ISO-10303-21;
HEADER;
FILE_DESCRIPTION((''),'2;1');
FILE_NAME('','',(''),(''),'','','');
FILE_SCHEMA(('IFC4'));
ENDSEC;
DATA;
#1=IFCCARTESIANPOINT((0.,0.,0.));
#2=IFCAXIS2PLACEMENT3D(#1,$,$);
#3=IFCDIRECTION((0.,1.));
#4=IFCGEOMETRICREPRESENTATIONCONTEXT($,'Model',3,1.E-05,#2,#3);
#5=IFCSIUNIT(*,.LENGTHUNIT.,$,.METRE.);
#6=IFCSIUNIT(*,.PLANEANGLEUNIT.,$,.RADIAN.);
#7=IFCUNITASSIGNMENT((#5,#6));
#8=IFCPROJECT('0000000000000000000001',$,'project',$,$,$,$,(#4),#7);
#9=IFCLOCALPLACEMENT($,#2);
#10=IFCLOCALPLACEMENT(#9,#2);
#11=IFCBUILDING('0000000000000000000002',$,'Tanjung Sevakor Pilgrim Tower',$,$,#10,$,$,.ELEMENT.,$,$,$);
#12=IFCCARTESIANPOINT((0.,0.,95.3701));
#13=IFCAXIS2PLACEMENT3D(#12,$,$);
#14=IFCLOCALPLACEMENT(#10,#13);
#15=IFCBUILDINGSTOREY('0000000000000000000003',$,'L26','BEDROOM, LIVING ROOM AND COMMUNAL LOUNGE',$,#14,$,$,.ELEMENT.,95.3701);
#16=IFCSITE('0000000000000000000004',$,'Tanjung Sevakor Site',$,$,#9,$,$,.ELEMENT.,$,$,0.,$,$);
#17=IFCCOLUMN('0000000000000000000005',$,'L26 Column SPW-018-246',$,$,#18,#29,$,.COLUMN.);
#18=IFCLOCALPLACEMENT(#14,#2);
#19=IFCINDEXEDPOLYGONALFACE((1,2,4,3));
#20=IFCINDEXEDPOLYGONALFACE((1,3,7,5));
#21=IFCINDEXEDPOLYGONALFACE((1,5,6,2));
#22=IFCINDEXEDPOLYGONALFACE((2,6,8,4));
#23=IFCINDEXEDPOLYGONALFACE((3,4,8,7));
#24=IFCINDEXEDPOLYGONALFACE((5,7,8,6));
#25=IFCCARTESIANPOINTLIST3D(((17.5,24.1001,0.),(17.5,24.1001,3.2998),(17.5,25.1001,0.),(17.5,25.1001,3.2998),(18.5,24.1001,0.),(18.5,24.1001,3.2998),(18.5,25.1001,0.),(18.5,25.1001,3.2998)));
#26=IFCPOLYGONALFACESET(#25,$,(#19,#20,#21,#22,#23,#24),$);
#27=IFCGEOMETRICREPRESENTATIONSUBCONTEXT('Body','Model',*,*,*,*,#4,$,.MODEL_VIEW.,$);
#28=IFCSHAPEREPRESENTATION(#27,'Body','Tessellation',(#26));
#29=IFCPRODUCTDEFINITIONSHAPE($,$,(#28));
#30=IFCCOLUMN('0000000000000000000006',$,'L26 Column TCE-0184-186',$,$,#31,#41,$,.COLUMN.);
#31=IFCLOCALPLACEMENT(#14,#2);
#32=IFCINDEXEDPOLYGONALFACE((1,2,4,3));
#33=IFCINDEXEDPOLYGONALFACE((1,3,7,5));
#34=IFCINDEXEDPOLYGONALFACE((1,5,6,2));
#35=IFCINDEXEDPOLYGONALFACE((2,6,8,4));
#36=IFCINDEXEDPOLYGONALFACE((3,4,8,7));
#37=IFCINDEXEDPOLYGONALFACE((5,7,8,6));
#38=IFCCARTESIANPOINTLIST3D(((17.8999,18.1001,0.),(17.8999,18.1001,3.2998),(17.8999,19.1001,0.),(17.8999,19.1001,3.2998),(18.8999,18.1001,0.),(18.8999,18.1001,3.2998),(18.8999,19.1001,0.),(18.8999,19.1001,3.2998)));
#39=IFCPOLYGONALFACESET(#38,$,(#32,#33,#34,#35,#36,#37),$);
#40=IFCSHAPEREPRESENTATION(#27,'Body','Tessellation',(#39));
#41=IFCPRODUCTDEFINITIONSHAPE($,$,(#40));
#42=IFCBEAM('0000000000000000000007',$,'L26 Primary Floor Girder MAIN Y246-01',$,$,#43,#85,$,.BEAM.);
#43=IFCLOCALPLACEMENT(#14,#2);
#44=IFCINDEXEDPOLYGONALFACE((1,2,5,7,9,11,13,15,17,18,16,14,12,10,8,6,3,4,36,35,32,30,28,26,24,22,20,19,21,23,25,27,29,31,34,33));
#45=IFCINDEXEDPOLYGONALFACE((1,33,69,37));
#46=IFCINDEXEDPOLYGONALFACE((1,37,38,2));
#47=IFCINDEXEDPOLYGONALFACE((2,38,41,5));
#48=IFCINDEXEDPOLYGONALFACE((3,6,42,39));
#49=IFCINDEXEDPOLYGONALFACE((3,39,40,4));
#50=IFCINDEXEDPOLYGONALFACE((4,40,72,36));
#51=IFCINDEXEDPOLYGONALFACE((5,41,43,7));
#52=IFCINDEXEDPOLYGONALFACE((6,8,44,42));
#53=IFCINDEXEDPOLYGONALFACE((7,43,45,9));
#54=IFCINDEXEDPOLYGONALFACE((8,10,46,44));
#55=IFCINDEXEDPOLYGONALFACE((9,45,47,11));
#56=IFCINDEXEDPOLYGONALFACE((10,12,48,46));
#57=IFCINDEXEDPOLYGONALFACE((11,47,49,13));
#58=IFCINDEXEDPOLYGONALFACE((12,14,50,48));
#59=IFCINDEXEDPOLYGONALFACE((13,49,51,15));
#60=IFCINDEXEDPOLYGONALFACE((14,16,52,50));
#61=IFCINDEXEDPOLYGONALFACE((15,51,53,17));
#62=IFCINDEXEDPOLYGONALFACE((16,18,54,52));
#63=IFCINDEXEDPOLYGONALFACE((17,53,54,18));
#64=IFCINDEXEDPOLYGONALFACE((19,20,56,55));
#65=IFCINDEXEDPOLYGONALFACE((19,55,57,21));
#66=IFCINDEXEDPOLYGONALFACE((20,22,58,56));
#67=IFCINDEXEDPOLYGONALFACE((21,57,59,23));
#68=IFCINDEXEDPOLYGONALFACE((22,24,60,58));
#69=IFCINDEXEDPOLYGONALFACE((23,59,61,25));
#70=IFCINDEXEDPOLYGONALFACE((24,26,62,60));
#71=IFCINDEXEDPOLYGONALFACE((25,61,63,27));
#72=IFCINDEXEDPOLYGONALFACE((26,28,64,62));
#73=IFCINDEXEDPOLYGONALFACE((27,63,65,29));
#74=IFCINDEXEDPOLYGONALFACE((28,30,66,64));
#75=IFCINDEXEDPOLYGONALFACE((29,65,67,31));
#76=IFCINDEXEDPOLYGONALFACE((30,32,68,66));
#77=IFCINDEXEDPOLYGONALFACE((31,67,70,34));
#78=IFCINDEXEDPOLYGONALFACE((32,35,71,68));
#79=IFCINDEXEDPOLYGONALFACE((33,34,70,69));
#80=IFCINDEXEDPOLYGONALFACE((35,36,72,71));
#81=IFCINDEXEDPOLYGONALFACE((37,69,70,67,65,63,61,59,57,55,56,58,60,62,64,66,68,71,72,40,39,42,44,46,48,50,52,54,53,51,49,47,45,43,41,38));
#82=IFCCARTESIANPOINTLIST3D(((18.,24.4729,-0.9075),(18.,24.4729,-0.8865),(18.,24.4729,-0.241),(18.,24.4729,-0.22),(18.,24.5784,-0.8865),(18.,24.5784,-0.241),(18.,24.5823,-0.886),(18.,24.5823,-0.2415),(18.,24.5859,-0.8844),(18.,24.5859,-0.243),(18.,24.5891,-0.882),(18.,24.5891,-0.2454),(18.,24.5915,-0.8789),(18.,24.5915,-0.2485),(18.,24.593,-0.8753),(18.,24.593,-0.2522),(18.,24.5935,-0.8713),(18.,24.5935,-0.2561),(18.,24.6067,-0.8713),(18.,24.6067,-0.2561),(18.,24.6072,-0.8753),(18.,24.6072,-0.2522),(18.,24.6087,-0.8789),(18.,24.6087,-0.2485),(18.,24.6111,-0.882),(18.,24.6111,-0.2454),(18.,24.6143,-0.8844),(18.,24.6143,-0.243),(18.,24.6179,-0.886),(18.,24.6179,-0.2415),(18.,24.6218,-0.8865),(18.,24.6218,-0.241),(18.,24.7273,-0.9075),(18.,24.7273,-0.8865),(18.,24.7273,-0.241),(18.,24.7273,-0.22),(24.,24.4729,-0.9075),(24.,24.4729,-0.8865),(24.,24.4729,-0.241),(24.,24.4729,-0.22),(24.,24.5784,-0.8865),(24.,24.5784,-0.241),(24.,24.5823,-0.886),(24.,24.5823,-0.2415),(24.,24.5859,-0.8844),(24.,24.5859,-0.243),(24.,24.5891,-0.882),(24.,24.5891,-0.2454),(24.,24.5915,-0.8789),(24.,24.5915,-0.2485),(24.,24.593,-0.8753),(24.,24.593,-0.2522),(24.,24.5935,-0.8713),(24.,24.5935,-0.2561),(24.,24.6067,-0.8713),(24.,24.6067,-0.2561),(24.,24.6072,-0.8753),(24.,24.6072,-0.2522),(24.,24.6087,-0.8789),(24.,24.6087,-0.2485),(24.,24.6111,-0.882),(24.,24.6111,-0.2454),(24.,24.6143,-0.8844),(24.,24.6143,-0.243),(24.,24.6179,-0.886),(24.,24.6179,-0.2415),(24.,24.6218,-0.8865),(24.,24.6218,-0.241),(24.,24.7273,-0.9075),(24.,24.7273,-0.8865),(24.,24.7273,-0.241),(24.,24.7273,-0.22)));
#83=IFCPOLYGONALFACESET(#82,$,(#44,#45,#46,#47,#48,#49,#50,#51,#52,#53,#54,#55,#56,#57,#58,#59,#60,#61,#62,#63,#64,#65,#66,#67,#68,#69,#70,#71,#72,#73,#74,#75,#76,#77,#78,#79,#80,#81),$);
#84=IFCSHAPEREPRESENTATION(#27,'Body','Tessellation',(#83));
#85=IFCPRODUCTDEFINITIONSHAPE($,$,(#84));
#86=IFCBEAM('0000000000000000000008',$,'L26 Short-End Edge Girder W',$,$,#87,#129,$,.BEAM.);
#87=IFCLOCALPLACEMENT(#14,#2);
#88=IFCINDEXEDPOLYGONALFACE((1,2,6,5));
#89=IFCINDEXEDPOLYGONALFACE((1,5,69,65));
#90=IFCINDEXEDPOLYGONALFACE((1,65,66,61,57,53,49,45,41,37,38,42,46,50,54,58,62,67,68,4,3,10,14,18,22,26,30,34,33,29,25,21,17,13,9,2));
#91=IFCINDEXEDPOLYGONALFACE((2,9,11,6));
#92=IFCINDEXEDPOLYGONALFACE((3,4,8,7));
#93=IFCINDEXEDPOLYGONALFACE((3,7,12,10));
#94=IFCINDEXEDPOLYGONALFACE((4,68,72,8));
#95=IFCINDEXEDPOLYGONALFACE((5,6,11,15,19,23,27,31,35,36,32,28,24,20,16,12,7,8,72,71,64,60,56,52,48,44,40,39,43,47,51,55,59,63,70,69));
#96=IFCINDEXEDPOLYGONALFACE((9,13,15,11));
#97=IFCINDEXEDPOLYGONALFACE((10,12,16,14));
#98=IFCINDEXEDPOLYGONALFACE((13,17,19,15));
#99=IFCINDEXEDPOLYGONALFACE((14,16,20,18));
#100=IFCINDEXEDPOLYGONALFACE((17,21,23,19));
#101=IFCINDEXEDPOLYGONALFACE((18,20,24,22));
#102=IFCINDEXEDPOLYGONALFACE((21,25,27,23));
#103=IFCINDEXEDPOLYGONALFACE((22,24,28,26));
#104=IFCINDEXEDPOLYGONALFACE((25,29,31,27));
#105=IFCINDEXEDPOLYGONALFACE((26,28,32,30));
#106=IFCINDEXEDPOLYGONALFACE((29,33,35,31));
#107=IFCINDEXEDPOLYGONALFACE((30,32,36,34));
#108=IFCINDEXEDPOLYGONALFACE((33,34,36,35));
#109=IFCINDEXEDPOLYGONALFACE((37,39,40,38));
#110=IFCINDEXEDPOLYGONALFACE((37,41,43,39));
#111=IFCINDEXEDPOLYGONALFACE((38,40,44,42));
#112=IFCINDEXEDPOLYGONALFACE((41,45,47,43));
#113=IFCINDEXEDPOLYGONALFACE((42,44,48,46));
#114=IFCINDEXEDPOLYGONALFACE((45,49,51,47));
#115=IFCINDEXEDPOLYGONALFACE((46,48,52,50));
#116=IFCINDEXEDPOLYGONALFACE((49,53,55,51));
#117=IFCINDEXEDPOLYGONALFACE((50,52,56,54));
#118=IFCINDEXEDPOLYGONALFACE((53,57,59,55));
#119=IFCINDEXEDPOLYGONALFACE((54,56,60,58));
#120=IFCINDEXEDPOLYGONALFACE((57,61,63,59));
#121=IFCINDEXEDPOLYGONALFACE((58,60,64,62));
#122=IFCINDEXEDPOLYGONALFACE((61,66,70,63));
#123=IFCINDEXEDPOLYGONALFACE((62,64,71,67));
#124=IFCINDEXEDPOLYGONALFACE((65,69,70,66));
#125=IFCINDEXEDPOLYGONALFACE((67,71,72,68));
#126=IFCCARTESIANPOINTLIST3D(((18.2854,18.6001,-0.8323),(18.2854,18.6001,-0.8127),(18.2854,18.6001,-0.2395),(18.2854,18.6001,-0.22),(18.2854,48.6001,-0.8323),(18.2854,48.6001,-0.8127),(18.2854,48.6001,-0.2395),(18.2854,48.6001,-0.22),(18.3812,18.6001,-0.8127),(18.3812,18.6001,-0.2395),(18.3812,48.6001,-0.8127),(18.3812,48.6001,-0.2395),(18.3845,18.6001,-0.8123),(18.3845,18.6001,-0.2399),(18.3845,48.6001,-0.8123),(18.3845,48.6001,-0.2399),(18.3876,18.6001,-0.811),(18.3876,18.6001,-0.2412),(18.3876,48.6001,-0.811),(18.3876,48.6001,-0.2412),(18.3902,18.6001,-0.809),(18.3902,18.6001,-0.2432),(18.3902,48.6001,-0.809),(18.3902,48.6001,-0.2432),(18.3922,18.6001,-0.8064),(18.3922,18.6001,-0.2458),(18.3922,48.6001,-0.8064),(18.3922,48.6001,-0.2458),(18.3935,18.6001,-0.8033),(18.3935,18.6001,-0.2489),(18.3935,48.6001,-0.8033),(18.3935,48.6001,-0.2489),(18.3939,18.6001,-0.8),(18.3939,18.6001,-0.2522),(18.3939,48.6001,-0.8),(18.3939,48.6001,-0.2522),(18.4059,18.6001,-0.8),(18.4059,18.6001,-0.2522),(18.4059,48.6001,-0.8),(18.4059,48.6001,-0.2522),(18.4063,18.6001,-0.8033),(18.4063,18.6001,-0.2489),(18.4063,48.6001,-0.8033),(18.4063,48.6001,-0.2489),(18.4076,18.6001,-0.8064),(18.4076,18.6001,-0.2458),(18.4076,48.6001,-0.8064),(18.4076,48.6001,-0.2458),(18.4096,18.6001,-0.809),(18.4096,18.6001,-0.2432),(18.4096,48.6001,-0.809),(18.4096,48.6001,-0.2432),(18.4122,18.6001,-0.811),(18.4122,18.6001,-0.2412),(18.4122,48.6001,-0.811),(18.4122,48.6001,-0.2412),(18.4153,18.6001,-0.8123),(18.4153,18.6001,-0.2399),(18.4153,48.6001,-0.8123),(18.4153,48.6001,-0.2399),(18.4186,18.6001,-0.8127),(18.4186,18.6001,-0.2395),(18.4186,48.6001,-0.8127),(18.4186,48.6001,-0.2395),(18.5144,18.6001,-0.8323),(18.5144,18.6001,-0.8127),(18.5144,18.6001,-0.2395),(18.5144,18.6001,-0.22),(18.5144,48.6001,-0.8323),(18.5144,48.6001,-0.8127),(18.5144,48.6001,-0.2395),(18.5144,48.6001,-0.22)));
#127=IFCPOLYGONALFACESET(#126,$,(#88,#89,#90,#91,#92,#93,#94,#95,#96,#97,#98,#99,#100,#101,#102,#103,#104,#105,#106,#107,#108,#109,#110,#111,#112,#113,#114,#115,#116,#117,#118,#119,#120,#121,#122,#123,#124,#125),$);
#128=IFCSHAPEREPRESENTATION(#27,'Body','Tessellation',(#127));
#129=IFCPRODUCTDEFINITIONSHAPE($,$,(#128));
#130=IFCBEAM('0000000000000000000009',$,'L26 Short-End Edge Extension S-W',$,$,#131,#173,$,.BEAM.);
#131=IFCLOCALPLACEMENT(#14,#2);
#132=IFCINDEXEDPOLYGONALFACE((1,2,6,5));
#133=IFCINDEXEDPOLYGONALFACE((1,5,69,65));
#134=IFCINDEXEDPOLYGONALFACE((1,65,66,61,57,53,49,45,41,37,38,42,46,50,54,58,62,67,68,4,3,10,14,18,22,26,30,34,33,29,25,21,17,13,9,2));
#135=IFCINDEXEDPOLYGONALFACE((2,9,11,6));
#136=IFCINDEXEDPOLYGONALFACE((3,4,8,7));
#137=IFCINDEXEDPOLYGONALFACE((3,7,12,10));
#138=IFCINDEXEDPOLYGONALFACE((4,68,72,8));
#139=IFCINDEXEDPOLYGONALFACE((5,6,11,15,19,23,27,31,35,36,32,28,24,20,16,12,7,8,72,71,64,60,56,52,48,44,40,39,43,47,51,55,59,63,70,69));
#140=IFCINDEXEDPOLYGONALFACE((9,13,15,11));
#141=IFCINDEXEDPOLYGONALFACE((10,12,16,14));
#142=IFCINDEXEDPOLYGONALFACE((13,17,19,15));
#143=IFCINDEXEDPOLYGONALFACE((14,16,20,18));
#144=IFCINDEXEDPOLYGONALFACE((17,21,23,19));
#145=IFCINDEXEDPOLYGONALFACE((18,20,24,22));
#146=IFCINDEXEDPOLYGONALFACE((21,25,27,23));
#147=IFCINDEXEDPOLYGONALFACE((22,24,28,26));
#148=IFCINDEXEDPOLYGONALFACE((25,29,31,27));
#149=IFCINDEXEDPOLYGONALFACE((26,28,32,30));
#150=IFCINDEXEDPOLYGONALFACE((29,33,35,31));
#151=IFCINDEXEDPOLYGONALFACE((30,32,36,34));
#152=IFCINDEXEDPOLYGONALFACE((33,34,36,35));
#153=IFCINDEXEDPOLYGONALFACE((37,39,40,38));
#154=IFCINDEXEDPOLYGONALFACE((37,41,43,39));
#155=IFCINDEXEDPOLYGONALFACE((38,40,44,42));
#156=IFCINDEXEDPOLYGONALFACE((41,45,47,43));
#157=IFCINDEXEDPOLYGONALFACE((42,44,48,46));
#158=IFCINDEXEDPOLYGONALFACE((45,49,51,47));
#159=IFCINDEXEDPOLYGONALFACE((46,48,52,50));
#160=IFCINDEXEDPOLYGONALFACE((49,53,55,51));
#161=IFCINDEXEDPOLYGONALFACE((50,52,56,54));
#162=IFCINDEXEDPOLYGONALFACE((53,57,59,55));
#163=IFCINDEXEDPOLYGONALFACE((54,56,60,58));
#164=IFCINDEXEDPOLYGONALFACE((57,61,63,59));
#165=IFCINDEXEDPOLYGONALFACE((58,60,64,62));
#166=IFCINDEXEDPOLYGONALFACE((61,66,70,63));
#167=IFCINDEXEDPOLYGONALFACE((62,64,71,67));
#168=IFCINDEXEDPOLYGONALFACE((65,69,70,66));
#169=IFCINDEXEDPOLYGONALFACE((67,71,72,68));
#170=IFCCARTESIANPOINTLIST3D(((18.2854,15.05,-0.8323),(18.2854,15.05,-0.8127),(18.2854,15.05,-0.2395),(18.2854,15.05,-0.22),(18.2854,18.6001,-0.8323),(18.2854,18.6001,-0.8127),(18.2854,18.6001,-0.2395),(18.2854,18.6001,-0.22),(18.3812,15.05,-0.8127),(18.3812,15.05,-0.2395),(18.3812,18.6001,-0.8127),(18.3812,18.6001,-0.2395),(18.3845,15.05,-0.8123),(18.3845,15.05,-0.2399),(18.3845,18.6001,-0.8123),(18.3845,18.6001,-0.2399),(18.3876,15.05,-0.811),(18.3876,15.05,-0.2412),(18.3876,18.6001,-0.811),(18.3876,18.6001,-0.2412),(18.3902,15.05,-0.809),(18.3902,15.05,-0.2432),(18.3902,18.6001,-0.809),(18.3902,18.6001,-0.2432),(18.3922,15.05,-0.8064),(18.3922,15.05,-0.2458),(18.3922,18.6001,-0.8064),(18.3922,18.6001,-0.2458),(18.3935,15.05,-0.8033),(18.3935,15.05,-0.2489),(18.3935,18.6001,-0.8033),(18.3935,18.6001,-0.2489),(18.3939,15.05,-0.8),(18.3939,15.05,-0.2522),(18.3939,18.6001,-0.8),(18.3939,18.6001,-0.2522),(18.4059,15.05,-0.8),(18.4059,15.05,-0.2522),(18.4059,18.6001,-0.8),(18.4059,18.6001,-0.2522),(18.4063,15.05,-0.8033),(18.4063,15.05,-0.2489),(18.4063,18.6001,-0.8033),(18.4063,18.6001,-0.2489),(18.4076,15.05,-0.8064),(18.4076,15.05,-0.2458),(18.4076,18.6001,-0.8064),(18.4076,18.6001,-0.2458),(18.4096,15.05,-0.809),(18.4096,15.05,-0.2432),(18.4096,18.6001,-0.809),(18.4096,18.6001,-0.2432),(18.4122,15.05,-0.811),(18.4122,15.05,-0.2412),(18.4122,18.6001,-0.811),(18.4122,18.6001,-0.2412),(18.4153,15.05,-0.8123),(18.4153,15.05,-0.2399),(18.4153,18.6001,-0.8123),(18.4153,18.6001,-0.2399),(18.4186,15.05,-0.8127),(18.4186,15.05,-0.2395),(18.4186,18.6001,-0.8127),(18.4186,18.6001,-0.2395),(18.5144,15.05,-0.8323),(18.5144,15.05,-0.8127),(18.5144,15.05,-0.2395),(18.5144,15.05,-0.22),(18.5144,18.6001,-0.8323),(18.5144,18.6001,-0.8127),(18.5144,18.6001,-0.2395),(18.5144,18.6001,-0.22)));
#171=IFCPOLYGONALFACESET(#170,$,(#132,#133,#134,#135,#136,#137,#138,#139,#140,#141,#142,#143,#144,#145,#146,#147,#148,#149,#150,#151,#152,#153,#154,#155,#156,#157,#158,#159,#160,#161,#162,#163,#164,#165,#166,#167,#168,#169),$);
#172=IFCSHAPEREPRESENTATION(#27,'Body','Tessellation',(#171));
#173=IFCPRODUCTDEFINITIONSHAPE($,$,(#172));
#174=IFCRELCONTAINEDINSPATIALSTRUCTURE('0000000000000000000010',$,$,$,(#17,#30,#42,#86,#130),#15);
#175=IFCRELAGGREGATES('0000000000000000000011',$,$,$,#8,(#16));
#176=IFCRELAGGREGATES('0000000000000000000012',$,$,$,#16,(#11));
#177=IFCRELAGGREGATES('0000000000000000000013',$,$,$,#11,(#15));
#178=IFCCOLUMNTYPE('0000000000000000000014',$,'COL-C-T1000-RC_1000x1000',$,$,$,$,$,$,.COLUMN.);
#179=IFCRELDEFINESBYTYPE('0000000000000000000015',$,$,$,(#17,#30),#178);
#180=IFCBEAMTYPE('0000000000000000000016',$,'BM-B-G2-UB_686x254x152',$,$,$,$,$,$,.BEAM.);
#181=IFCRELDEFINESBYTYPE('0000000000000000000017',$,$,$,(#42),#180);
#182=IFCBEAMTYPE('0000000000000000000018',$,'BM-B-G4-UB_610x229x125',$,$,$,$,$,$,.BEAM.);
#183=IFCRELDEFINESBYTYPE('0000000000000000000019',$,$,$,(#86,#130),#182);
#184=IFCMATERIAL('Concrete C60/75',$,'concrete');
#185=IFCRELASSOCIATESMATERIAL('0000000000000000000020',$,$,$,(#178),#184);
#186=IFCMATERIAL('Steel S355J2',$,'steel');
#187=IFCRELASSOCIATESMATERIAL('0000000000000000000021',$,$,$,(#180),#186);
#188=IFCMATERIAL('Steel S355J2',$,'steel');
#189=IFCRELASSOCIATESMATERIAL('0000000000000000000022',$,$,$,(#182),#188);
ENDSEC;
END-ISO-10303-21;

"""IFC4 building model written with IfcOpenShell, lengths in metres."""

from ifc_helpers import new_model, si_unit, direction, frame, origin, origin_2d, place, context, subcontext, project, spatial, rectangle, i_section, extrude, material, material_profile, profile_set, type_object, element, save


model = new_model("IFC4")

# Units and contexts
model_context = context("Model", 3, precision=1e-05, world=origin(), true_north=direction((0.0, 1.0)))
body_context = subcontext(model_context, "Body", "Model", "MODEL_VIEW")
ifc_project = project(units=[si_unit("LENGTHUNIT", "METRE"), si_unit("PLANEANGLEUNIT", "RADIAN")], contexts=[model_context])

# Site, building, storey
site_placement = place(None, origin())
site = spatial("IfcSite", under=ifc_project, at=site_placement, Name="Tanjung Sevakor Site", CompositionType="ELEMENT", RefElevation=0.0)
building_placement = place(site_placement, origin())
building = spatial("IfcBuilding", under=site, at=building_placement, Name="Tanjung Sevakor Pilgrim Tower", CompositionType="ELEMENT")
storey_placement = place(building_placement, frame((0.0, 0.0, 95.3701)))
storey = spatial("IfcBuildingStorey", under=building, at=storey_placement, Name="L26", Description="BEDROOM, LIVING ROOM AND COMMUNAL LOUNGE", CompositionType="ELEMENT", Elevation=95.3701)

# Columns
ifc_material_1 = material(Name="Concrete C60/75", Category="concrete")
ifc_material_profile_1 = material_profile(ifc_material_1, rectangle(XDim=1.0, YDim=1.0, at=origin_2d()))
ifc_profile_set_1 = profile_set([ifc_material_profile_1], Name="Concrete C60/75")
column_type = type_object("IfcColumnType", Name="COL-C-T1000-RC_1000x1000", PredefinedType="COLUMN", material=ifc_profile_set_1)
for number, where, z_axis, x_axis, name in (
    (1, (18.0, 24.6001, 0.0), (0.0, 0.0, 1.0), (1.0, 0.0, 0.0), "L26 Column SPW-018-246"),
    (2, (18.3999, 18.6001, 0.0), (0.0, 0.0, 1.0), (1.0, 0.0, 0.0), "L26 Column TCE-0184-186"),
):
    element("IfcColumn", number, at=place(storey_placement, frame(where, z_axis=z_axis, x_axis=x_axis)), inside=storey, type_object=column_type, Name=name, PredefinedType="COLUMN", context=body_context, shape_type="SweptSolid", body=[
        extrude(rectangle(XDim=1.0, YDim=1.0, at=origin_2d()), origin(), (0.0, 0.0, 1.0), 3.2998),
    ])

# Beams
ifc_material_2 = material(Name="Steel S355J2", Category="steel")
ifc_material_profile_2 = material_profile(ifc_material_2, i_section(OverallWidth=0.2544, OverallDepth=0.6875, WebThickness=0.0132, FlangeThickness=0.021, FilletRadius=0.0151, at=origin_2d()))
ifc_profile_set_2 = profile_set([ifc_material_profile_2], Name="Steel S355J2")
beam_type_1 = type_object("IfcBeamType", Name="BM-B-G2-UB_686x254x152", PredefinedType="BEAM", material=ifc_profile_set_2)
beam_1_placement = place(storey_placement, frame((18.0, 24.6001, -0.5637), z_axis=(1.0, 0.0, 0.0), x_axis=(0.0, 1.0, 0.0)))
element("IfcBeam", 3, at=beam_1_placement, inside=storey, type_object=beam_type_1, Name="L26 Primary Floor Girder MAIN Y246-01", PredefinedType="BEAM", context=body_context, shape_type="SweptSolid", body=[
    extrude(i_section(OverallWidth=0.2544, OverallDepth=0.6875, WebThickness=0.0132, FlangeThickness=0.021, FilletRadius=0.0151, at=origin_2d()), origin(), (0.0, 0.0, 1.0), 6.0),
])
ifc_material_3 = material(Name="Steel S355J2", Category="steel")
ifc_material_profile_3 = material_profile(ifc_material_3, i_section(OverallWidth=0.229, OverallDepth=0.6123, WebThickness=0.012, FlangeThickness=0.0195, FilletRadius=0.0127, at=origin_2d()))
ifc_profile_set_3 = profile_set([ifc_material_profile_3], Name="Steel S355J2")
beam_type_2 = type_object("IfcBeamType", Name="BM-B-G4-UB_610x229x125", PredefinedType="BEAM", material=ifc_profile_set_3)
beam_2_placement = place(storey_placement, frame((18.3999, 18.6001, -0.5261), z_axis=(0.0, 1.0, 0.0), x_axis=(-1.0, 0.0, 0.0)))
element("IfcBeam", 4, at=beam_2_placement, inside=storey, type_object=beam_type_2, Name="L26 Short-End Edge Girder W", PredefinedType="BEAM", context=body_context, shape_type="SweptSolid", body=[
    extrude(i_section(OverallWidth=0.229, OverallDepth=0.6123, WebThickness=0.012, FlangeThickness=0.0195, FilletRadius=0.0127, at=origin_2d()), origin(), (0.0, 0.0, 1.0), 30.0),
])
beam_3_placement = place(storey_placement, frame((18.3999, 18.6001, -0.5261), z_axis=(0.0, -1.0, 0.0), x_axis=(1.0, 0.0, 0.0)))
element("IfcBeam", 5, at=beam_3_placement, inside=storey, type_object=beam_type_2, Name="L26 Short-End Edge Extension S-W", PredefinedType="BEAM", context=body_context, shape_type="SweptSolid", body=[
    extrude(i_section(OverallWidth=0.229, OverallDepth=0.6123, WebThickness=0.012, FlangeThickness=0.0195, FilletRadius=0.0127, at=origin_2d()), origin(), (0.0, 0.0, 1.0), 3.55),
])

save(model, "model.ifc")
